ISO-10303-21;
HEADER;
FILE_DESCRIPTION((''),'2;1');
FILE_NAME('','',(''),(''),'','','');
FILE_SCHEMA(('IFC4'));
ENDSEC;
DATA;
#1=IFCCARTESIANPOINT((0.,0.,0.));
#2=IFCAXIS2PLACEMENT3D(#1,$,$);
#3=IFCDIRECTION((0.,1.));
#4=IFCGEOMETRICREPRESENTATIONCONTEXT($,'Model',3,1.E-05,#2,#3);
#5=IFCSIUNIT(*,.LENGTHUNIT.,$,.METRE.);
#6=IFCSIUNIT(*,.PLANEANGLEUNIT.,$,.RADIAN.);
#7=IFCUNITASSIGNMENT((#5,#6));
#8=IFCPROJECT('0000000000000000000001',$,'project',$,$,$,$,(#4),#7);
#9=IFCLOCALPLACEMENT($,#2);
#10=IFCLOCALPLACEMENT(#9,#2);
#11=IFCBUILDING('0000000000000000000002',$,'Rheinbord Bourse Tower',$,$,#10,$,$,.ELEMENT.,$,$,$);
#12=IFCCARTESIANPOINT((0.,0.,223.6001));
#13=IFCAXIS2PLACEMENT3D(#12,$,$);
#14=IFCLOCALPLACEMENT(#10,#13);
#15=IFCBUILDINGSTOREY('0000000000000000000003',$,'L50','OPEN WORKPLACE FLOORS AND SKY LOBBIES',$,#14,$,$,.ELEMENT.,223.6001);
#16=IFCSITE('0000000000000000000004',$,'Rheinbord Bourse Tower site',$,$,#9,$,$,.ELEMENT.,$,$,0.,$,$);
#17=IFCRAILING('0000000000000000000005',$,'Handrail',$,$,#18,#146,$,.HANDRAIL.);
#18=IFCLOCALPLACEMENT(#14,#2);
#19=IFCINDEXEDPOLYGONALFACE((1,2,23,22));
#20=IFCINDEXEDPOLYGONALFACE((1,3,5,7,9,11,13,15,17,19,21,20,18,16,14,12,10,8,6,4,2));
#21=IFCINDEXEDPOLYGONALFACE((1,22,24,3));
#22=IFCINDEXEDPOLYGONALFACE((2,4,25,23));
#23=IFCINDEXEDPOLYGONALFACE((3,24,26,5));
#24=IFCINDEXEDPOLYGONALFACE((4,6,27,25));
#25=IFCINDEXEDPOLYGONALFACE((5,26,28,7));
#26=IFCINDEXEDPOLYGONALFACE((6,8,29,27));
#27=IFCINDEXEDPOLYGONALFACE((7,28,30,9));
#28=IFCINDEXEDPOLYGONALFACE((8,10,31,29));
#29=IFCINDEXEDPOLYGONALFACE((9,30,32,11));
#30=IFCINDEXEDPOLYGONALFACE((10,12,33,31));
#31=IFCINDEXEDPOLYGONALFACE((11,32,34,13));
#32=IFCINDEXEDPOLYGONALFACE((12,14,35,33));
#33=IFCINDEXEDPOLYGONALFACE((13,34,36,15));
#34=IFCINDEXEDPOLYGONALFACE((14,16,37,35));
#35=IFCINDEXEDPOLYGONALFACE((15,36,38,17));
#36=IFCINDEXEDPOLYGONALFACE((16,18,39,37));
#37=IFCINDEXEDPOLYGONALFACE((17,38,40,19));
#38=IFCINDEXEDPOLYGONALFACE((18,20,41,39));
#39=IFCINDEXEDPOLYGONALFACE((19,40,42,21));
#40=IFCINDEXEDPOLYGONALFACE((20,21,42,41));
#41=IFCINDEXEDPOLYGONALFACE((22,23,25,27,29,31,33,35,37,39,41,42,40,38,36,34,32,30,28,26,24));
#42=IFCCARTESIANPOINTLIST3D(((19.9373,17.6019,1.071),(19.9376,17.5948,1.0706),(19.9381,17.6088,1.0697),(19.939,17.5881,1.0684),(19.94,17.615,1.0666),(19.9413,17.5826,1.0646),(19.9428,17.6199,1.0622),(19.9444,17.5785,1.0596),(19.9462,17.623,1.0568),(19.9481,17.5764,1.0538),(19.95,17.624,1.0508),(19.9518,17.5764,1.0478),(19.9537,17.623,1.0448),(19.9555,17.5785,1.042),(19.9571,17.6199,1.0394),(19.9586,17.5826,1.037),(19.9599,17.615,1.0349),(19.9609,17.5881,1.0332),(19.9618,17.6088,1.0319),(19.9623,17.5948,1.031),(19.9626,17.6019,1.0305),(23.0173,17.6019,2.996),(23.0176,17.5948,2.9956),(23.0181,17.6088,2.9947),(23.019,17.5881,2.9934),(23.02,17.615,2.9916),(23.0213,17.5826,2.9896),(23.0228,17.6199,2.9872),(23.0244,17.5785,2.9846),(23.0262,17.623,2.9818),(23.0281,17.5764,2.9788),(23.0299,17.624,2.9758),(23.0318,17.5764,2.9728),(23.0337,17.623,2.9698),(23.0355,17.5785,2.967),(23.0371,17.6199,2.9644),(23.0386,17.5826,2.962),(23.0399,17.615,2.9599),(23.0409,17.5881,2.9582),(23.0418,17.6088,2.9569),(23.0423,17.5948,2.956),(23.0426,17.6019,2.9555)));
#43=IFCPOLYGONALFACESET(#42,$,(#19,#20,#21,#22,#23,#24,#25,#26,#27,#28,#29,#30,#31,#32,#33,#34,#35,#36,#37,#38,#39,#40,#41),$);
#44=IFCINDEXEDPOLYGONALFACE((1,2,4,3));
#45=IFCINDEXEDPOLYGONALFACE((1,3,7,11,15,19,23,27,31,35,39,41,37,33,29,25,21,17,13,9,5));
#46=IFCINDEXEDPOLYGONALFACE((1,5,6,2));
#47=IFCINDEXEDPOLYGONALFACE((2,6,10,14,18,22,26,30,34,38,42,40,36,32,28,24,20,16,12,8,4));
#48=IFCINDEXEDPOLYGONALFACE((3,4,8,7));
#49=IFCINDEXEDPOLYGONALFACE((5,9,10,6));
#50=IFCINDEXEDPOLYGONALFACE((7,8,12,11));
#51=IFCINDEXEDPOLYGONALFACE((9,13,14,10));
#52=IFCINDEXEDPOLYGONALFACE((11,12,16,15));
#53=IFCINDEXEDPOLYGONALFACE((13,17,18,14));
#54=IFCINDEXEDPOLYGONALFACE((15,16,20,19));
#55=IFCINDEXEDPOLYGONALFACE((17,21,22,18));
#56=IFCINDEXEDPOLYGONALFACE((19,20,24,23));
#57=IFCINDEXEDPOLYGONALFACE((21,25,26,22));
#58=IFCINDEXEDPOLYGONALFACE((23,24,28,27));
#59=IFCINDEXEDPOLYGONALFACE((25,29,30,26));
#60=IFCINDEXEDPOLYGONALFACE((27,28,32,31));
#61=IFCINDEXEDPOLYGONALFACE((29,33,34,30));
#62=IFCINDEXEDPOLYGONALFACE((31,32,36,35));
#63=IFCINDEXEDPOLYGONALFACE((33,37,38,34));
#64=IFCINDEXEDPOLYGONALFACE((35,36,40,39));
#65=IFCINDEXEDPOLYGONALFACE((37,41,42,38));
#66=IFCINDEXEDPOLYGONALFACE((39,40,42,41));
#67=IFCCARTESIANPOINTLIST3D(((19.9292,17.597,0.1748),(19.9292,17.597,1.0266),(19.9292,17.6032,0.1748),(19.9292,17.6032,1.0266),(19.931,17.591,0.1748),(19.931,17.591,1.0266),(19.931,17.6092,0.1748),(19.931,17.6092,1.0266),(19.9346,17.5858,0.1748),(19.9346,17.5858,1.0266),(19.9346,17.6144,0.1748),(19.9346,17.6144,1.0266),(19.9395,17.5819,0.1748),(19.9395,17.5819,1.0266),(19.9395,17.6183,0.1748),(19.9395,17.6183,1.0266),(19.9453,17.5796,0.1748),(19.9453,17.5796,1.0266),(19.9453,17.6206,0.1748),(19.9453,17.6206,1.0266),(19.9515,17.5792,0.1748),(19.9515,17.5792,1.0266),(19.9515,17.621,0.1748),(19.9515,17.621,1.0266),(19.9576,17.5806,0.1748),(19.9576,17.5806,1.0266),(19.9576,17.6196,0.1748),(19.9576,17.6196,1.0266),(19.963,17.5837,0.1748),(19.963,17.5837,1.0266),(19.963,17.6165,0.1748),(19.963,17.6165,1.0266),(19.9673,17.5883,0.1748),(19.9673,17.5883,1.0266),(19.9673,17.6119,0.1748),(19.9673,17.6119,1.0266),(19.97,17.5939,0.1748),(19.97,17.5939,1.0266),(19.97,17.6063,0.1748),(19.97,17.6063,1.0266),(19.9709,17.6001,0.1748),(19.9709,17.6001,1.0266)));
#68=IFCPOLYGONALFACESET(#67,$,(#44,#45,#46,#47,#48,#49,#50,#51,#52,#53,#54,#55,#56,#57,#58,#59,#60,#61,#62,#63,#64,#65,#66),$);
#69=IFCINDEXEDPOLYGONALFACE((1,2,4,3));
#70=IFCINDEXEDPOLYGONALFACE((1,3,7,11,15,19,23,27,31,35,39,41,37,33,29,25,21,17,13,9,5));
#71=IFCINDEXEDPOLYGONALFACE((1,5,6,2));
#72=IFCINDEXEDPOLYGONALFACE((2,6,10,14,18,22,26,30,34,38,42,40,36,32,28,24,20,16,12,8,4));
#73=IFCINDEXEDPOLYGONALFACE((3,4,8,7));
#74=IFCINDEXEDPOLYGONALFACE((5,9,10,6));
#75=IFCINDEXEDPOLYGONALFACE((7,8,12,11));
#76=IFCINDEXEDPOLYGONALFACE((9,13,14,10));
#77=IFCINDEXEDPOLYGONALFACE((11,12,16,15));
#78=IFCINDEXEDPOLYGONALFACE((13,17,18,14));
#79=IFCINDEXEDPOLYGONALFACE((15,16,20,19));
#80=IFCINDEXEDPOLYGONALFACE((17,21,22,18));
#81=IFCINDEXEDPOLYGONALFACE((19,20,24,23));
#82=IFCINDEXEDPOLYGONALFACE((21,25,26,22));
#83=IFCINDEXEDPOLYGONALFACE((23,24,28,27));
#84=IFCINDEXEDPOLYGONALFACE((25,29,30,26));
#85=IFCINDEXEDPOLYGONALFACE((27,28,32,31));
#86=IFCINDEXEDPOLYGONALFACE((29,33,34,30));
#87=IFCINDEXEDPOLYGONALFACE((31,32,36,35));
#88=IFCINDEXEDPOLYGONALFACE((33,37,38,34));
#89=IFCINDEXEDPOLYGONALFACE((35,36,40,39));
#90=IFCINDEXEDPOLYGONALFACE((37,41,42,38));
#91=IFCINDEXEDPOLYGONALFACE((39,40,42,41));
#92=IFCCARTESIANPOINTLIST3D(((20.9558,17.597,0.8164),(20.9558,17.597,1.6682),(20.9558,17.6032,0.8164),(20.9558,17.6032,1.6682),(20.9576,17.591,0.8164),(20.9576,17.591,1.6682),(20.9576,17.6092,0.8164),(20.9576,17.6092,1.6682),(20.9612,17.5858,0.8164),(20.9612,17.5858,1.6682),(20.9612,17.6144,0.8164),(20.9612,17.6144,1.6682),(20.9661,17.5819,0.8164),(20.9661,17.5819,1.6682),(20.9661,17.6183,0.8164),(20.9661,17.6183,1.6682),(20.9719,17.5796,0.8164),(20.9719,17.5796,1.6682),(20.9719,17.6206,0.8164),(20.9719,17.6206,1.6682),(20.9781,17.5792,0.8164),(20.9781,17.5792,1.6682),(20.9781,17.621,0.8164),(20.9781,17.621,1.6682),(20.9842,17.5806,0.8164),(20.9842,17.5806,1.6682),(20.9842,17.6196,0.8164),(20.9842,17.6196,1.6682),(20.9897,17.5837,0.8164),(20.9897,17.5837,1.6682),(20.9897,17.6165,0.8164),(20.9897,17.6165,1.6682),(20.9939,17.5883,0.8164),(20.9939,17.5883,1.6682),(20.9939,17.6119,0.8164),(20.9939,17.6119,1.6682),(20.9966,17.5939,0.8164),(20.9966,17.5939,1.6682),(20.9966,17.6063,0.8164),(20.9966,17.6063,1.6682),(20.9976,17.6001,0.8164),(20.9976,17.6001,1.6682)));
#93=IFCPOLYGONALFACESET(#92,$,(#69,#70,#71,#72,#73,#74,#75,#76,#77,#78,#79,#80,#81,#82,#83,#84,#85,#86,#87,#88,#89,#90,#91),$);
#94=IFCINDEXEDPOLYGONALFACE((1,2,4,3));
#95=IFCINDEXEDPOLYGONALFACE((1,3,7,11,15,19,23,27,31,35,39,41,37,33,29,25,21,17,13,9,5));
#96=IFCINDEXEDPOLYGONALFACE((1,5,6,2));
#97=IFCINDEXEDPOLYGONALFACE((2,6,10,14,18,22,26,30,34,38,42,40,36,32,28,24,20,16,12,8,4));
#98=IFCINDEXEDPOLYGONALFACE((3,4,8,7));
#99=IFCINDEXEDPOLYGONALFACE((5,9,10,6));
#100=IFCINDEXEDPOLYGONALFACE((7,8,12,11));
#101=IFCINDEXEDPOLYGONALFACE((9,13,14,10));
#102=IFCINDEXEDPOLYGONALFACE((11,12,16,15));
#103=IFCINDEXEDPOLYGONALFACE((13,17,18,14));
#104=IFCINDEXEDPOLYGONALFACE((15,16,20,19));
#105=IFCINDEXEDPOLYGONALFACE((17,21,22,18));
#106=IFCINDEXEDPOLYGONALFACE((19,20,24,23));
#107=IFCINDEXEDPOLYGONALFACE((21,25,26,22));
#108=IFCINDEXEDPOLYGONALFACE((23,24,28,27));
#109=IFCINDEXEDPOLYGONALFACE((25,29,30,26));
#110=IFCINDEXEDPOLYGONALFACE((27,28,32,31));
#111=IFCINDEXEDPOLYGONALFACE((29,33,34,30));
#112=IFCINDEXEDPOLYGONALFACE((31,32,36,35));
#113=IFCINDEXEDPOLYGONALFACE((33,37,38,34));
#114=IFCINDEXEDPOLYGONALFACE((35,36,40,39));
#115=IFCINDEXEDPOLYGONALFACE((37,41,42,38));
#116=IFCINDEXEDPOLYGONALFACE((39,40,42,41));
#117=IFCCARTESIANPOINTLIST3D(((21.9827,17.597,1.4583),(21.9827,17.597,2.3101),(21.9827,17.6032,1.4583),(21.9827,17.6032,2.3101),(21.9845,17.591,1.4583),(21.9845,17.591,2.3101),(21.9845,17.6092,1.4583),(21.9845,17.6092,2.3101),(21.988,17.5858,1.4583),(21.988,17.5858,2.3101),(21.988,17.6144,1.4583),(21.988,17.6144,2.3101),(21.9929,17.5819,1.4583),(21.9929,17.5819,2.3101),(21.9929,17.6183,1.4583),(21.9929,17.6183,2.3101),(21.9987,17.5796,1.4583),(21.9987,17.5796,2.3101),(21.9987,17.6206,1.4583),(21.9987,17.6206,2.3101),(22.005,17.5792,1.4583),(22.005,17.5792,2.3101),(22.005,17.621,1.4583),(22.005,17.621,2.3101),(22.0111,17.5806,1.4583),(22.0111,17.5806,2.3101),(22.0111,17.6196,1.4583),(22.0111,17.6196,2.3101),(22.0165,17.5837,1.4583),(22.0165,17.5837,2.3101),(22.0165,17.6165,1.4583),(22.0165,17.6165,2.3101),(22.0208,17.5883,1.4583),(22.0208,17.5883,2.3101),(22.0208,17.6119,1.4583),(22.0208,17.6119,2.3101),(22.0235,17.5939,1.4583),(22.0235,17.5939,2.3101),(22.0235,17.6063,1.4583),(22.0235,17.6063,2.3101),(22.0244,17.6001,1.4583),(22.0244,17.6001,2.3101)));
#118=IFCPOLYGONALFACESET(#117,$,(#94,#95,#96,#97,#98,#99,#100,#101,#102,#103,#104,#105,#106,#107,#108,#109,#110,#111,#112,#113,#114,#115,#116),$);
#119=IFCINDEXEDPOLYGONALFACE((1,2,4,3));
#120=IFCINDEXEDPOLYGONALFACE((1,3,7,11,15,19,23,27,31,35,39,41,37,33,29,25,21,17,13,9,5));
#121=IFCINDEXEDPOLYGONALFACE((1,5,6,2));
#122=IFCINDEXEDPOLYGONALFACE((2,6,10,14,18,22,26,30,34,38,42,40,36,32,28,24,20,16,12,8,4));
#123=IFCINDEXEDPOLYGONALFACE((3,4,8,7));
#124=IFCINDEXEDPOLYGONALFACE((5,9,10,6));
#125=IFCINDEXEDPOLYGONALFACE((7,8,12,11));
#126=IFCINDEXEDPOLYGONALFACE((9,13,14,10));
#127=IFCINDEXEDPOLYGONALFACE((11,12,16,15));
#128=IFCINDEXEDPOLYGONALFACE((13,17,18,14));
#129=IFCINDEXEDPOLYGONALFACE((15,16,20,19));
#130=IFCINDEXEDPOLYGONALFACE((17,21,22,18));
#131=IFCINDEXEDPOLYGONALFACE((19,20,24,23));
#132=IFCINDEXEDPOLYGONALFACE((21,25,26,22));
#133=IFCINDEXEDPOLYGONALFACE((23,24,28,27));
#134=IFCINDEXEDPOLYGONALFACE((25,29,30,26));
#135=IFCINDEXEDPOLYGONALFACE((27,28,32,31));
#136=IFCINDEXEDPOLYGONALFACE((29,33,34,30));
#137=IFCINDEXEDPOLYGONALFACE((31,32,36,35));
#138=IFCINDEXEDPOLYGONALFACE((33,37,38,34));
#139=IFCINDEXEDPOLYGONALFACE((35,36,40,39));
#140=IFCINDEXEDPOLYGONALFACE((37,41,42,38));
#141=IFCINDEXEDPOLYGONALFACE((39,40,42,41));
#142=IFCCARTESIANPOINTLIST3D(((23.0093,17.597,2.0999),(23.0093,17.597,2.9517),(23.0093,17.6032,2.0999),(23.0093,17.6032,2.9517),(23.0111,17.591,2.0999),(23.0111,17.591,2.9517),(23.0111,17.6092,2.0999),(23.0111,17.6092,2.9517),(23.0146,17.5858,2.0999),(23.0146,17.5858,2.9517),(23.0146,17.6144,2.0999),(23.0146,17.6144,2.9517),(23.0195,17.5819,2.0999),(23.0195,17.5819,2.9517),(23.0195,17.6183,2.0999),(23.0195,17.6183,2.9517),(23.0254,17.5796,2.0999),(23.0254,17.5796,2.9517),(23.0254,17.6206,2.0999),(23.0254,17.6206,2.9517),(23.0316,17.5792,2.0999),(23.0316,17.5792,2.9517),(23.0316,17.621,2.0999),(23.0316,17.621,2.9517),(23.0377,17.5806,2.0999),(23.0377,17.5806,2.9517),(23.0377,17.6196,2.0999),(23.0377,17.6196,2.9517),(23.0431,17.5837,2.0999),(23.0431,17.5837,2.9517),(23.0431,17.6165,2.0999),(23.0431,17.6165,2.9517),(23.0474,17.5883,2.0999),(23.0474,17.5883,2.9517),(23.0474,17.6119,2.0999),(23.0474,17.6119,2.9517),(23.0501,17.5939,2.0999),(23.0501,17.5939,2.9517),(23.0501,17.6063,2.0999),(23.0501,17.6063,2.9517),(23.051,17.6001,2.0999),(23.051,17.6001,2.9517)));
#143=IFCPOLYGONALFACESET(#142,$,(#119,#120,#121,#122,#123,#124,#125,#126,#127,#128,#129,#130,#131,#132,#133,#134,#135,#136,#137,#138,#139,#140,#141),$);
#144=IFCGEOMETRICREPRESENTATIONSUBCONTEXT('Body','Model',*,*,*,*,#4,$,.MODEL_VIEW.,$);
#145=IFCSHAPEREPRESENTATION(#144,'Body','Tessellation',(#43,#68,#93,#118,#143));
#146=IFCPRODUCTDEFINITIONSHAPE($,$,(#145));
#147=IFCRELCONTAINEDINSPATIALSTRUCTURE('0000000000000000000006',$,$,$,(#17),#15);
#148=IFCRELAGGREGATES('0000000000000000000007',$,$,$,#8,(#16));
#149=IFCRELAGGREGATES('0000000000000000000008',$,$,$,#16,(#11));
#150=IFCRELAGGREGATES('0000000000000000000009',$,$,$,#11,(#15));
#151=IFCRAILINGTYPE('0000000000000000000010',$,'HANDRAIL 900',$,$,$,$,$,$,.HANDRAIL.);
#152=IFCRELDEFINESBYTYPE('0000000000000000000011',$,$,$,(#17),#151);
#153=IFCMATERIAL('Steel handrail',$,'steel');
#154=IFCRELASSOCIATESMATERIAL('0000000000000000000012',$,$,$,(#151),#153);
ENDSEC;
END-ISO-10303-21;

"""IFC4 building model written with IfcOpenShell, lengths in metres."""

from ifc_helpers import new_model, si_unit, direction, frame, origin, origin_2d, place, context, subcontext, project, spatial, circle, extrude, material, type_object, element, save


model = new_model("IFC4")

# Units and contexts
model_context = context("Model", 3, precision=1e-05, world=origin(), true_north=direction((0.0, 1.0)))
body_context = subcontext(model_context, "Body", "Model", "MODEL_VIEW")
ifc_project = project(units=[si_unit("LENGTHUNIT", "METRE"), si_unit("PLANEANGLEUNIT", "RADIAN")], contexts=[model_context])

# Site, building, storey
site_placement = place(None, origin())
site = spatial("IfcSite", under=ifc_project, at=site_placement, Name="Rheinbord Bourse Tower site", CompositionType="ELEMENT", RefElevation=0.0)
building_placement = place(site_placement, origin())
building = spatial("IfcBuilding", under=site, at=building_placement, Name="Rheinbord Bourse Tower", CompositionType="ELEMENT")
storey_placement = place(building_placement, frame((0.0, 0.0, 223.6001)))
storey = spatial("IfcBuildingStorey", under=building, at=storey_placement, Name="L50", Description="OPEN WORKPLACE FLOORS AND SKY LOBBIES", CompositionType="ELEMENT", Elevation=223.6001)

# Railing
ifc_material_1 = material(Name="Steel handrail", Category="steel")
railing_type = type_object("IfcRailingType", Name="HANDRAIL 900", PredefinedType="HANDRAIL", material=ifc_material_1)
railing_1_placement = place(storey_placement, frame((19.95, 17.6001, 0.1748)))
element("IfcRailing", 1, at=railing_1_placement, inside=storey, type_object=railing_type, Name="Handrail", PredefinedType="HANDRAIL", context=body_context, shape_type="SweptSolid", body=[
    extrude(circle(Radius=0.0239, at=origin_2d()), frame((0.0, 0.0, 0.876), z_axis=(0.847998, 0.0, 0.529999), x_axis=(0.0, 1.0, 0.0)), (0.0, 0.0, 1.0), 3.6321),
    extrude(circle(Radius=0.021, at=origin_2d()), origin(), (0.0, 0.0, 1.0), 0.8518),
    extrude(circle(Radius=0.021, at=origin_2d()), frame((1.0266, 0.0, 0.6416)), (0.0, 0.0, 1.0), 0.8518),
    extrude(circle(Radius=0.021, at=origin_2d()), frame((2.0535, 0.0, 1.2834)), (0.0, 0.0, 1.0), 0.8518),
    extrude(circle(Radius=0.021, at=origin_2d()), frame((3.0801, 0.0, 1.925)), (0.0, 0.0, 1.0), 0.8518),
])

save(model, "model.ifc")
